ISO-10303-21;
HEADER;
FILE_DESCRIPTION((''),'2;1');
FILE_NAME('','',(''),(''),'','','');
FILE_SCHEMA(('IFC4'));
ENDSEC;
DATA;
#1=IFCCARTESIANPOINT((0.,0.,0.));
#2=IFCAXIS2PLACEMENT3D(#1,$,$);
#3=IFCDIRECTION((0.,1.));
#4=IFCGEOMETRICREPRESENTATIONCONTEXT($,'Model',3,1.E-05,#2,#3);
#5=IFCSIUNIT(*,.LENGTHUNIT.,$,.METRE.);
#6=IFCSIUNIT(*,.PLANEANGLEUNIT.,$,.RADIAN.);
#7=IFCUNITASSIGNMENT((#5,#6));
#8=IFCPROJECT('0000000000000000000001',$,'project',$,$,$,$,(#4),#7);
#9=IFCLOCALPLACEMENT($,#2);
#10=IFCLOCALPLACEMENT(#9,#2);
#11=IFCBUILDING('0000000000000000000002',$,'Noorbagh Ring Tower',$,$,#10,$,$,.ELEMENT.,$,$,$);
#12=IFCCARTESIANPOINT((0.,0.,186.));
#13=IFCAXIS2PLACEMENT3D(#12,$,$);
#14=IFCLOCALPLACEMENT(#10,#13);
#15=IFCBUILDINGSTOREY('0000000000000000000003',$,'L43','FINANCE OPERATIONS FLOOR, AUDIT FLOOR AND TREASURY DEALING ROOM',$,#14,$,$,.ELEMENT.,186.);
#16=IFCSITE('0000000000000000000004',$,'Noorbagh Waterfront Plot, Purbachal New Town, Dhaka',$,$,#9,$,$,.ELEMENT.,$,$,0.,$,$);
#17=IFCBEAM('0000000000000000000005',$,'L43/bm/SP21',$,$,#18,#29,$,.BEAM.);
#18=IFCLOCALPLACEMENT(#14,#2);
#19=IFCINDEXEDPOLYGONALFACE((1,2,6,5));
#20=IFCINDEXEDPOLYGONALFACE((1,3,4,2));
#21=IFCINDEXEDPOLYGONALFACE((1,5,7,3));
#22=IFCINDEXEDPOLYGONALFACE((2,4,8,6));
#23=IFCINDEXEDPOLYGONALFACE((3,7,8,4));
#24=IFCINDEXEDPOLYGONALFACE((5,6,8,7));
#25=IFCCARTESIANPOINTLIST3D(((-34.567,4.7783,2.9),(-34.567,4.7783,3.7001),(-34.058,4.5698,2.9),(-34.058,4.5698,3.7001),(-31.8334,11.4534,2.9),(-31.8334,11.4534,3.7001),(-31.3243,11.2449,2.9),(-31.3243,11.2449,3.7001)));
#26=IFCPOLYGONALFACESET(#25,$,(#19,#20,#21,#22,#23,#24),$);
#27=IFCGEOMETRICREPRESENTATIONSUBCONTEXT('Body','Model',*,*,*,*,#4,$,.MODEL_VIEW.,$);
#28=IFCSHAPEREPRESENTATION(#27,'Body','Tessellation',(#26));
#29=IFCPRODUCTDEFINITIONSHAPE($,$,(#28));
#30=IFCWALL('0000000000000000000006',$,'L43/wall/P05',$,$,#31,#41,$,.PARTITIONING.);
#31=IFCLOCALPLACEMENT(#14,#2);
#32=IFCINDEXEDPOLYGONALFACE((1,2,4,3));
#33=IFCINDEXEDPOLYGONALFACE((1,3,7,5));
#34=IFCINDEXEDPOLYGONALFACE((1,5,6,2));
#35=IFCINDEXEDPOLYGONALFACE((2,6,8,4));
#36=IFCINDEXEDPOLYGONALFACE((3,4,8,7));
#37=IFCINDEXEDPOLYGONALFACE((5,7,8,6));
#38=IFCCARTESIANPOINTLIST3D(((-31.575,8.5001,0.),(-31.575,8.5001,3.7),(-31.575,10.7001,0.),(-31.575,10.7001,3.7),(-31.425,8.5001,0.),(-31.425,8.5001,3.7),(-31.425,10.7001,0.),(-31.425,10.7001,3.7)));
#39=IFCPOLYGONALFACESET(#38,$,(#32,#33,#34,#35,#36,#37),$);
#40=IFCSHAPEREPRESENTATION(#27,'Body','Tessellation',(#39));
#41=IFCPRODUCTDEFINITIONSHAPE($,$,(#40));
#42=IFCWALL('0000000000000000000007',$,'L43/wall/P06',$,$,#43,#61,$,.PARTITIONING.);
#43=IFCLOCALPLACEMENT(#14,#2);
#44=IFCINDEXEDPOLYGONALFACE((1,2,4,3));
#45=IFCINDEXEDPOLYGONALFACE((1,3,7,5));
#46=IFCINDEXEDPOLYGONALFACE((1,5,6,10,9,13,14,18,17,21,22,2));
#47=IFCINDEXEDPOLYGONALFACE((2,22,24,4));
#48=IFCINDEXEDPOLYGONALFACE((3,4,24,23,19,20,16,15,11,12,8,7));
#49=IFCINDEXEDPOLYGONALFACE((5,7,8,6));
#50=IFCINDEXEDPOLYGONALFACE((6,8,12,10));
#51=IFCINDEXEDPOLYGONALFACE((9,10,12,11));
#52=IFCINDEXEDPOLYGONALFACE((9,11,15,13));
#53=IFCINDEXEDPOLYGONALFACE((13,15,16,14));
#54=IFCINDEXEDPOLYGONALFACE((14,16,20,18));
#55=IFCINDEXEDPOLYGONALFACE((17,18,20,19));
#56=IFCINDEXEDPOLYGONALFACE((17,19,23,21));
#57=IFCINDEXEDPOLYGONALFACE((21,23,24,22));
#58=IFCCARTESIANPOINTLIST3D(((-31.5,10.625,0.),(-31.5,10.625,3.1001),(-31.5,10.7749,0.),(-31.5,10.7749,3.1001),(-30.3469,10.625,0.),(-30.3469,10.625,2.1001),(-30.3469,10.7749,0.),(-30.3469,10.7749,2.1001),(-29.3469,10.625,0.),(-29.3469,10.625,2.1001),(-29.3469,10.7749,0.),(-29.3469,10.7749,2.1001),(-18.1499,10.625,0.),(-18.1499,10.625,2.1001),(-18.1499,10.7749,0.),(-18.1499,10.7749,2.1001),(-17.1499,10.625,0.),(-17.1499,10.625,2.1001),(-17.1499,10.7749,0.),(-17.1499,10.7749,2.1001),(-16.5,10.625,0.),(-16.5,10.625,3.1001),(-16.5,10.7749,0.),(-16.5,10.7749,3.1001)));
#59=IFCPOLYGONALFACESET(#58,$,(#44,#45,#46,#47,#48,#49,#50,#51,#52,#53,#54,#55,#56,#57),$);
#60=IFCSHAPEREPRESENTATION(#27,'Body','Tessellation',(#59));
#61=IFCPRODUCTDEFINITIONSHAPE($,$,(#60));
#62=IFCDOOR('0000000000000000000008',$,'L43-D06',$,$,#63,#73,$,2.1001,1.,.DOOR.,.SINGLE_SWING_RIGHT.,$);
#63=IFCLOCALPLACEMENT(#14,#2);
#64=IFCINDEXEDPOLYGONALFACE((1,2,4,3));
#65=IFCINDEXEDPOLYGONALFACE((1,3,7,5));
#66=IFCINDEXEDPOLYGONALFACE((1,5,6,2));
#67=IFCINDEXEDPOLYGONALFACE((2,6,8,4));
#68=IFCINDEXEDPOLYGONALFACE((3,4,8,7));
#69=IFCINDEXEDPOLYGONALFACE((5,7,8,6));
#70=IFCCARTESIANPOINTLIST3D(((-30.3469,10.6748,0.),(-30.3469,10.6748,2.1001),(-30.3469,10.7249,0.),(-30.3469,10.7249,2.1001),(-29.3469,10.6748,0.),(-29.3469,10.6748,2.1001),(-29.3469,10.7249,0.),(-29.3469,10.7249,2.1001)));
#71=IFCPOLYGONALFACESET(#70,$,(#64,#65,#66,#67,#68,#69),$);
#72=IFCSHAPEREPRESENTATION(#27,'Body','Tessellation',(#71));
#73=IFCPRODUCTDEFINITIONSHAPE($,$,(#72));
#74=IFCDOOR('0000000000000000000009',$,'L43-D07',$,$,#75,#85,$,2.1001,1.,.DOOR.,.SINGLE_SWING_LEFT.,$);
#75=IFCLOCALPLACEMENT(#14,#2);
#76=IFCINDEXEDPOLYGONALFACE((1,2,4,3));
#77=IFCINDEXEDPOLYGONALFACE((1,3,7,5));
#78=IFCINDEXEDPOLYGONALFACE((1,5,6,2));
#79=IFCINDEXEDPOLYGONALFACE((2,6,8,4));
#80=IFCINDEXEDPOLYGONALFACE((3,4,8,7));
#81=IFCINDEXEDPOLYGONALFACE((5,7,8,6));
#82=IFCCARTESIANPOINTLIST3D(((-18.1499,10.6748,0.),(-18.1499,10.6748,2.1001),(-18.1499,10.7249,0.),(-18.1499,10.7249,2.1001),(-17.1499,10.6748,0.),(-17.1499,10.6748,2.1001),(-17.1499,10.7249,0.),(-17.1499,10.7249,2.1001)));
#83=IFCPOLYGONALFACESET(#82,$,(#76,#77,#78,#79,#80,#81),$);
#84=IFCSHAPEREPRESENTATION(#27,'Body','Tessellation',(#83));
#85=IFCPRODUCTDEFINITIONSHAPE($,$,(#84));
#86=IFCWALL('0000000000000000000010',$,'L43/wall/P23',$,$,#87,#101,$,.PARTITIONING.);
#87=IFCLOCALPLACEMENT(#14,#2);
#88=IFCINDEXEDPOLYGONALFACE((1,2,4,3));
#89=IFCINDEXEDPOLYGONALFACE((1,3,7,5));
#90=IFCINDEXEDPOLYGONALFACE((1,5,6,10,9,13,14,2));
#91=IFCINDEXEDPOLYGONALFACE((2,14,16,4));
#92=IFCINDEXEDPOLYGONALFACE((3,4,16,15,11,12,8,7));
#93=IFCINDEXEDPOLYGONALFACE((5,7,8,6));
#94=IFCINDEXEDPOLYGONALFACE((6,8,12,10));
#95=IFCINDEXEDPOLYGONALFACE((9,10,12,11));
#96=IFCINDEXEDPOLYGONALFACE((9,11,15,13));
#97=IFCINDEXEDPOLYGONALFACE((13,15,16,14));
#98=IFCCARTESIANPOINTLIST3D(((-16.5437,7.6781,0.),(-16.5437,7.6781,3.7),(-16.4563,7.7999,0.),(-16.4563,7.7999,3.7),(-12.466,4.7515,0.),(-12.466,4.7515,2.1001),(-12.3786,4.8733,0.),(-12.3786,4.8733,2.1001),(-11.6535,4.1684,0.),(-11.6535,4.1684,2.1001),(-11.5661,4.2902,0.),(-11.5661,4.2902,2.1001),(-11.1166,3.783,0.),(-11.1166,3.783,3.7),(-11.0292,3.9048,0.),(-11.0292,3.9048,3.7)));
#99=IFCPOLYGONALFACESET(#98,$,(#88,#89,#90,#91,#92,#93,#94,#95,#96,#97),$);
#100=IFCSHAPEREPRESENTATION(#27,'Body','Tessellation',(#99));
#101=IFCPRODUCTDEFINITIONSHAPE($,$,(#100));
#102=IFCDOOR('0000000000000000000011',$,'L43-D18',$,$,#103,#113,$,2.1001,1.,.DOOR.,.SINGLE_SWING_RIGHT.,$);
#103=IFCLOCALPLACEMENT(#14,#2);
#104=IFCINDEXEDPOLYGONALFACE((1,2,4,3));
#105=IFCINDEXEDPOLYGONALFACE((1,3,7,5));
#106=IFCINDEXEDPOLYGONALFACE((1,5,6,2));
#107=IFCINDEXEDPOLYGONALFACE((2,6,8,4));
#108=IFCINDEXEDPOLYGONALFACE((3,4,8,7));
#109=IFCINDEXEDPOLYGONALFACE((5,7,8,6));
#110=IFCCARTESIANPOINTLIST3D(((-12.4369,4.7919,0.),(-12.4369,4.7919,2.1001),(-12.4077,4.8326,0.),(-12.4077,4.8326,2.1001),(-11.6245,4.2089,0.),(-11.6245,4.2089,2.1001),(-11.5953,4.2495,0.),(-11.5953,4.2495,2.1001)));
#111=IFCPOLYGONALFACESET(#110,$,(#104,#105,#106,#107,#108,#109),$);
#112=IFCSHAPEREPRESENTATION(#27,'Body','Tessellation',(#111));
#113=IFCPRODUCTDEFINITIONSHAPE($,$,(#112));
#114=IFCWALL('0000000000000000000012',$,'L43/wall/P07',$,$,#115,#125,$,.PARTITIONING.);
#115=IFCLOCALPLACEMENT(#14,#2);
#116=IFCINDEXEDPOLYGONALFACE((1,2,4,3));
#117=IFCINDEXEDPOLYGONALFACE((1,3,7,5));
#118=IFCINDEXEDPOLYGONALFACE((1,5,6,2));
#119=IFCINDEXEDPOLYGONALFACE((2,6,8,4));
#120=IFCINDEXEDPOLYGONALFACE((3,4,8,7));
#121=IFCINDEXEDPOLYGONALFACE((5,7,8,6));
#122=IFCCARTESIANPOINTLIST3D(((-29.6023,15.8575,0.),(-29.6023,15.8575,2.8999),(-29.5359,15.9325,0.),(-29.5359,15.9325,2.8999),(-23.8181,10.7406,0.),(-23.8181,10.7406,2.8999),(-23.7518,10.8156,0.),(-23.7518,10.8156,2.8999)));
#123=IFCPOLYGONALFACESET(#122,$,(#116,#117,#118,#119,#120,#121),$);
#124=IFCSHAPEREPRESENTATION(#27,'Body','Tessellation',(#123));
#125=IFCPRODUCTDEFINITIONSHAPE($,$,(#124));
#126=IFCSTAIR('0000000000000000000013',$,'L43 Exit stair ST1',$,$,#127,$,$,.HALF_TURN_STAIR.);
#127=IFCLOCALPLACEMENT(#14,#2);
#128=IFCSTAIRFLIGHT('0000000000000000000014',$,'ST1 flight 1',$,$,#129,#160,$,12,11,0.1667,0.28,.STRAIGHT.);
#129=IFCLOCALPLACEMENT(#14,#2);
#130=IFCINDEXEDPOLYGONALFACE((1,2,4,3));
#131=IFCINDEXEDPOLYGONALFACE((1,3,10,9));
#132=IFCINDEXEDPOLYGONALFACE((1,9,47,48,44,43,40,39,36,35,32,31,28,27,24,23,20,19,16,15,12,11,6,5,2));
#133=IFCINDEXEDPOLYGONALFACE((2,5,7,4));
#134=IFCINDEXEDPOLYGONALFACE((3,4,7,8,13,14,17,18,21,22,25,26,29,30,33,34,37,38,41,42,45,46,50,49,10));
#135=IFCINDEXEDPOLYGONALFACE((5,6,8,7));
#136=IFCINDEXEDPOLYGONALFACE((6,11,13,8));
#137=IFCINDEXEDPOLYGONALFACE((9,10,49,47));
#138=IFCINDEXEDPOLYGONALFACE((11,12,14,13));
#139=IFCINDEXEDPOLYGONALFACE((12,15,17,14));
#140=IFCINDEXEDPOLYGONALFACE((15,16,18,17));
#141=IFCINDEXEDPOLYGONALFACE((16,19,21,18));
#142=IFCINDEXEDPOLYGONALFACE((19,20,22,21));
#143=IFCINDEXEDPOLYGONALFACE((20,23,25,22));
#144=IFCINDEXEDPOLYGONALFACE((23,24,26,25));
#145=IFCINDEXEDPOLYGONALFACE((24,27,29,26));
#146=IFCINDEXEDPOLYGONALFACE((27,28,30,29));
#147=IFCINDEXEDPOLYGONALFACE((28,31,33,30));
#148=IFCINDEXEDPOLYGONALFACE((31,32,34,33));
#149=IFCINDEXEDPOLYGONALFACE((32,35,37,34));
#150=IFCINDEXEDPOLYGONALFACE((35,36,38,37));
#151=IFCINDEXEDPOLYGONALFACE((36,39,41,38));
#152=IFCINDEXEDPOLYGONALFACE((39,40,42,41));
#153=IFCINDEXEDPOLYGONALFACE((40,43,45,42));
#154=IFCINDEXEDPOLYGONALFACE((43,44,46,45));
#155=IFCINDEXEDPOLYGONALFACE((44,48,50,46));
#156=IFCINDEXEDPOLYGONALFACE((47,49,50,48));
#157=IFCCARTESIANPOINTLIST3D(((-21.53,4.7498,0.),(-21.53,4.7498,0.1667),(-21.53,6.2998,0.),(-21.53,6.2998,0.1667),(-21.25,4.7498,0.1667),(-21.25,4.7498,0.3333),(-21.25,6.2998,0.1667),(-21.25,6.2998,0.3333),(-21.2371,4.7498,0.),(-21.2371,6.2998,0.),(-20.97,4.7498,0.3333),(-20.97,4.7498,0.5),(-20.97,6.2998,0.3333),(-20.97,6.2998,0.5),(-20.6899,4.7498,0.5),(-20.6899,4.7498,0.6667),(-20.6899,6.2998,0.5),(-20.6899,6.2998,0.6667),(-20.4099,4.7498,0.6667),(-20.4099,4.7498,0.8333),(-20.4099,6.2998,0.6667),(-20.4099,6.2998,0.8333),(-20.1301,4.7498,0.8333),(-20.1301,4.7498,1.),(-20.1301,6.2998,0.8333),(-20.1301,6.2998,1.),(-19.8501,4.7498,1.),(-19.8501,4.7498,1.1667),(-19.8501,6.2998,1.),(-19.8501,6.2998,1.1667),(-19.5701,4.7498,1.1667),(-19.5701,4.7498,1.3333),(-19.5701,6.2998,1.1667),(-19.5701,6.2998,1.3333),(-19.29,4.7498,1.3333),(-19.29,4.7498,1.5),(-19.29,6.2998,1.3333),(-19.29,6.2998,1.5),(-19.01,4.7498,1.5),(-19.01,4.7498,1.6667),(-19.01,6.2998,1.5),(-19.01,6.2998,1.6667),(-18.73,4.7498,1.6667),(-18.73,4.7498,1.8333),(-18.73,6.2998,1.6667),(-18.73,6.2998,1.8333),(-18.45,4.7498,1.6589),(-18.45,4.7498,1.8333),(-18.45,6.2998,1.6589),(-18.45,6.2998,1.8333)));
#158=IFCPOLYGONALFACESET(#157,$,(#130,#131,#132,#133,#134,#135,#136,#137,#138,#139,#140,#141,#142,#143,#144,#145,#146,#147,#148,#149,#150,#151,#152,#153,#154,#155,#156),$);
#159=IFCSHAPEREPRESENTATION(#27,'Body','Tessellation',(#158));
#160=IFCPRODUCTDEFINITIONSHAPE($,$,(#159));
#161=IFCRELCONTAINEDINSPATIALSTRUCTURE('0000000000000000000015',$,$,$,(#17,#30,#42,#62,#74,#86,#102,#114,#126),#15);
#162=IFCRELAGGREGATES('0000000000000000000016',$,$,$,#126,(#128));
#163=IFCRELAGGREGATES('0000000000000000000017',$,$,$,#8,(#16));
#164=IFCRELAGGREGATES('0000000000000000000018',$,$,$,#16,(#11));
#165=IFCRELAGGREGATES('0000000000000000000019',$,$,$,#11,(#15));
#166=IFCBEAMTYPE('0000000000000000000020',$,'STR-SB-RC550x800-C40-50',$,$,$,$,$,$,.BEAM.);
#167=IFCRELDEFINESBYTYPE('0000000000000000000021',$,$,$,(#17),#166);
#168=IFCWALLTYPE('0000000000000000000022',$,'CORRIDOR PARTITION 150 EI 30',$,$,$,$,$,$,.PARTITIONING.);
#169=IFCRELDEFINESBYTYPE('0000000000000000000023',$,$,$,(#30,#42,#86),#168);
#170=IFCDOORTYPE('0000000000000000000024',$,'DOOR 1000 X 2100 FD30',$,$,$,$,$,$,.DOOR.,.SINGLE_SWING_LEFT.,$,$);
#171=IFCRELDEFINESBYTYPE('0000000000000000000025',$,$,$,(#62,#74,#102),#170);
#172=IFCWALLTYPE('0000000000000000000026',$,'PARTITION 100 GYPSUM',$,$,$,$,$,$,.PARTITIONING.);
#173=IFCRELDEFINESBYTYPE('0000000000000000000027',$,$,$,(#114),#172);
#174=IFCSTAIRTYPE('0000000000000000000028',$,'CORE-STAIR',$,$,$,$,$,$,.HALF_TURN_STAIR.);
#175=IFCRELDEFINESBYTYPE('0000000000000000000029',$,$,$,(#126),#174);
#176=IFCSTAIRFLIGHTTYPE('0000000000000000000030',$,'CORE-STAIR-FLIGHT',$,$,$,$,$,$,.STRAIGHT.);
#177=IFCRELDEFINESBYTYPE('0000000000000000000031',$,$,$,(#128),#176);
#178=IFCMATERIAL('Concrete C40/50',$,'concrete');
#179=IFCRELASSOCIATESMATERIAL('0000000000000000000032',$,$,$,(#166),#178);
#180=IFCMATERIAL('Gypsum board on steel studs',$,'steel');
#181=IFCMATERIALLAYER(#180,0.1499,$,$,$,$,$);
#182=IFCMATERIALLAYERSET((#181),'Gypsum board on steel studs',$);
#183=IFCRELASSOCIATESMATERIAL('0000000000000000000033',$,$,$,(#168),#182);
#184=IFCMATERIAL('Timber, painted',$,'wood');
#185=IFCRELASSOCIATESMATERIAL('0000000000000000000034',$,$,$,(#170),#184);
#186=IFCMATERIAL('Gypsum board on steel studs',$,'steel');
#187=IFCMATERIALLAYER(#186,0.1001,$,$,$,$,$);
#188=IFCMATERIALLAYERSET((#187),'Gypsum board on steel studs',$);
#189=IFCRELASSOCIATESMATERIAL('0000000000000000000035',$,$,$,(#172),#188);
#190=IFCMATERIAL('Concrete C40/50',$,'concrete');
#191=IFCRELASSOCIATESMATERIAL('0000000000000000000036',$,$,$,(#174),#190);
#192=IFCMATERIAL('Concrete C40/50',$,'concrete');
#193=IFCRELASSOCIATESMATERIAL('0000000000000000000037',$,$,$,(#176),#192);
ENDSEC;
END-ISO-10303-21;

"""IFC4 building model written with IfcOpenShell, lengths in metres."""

from ifc_helpers import new_model, si_unit, direction, frame, frame_2d, origin, origin_2d, place, context, subcontext, project, spatial, polyline, rectangle, outline, extrude, material, layer, layer_set, material_profile, profile_set, type_object, element, fill, aggregate, save


model = new_model("IFC4")

# Units and contexts
model_context = context("Model", 3, precision=1e-05, world=origin(), true_north=direction((0.0, 1.0)))
body_context = subcontext(model_context, "Body", "Model", "MODEL_VIEW")
ifc_project = project(units=[si_unit("LENGTHUNIT", "METRE"), si_unit("PLANEANGLEUNIT", "RADIAN")], contexts=[model_context])

# Site, building, storey
site_placement = place(None, origin())
site = spatial("IfcSite", under=ifc_project, at=site_placement, Name="Noorbagh Waterfront Plot, Purbachal New Town, Dhaka", CompositionType="ELEMENT", RefElevation=0.0)
building_placement = place(site_placement, origin())
building = spatial("IfcBuilding", under=site, at=building_placement, Name="Noorbagh Ring Tower", CompositionType="ELEMENT")
storey_placement = place(building_placement, frame((0.0, 0.0, 186.0)))
storey = spatial("IfcBuildingStorey", under=building, at=storey_placement, Name="L43", Description="FINANCE OPERATIONS FLOOR, AUDIT FLOOR AND TREASURY DEALING ROOM", CompositionType="ELEMENT", Elevation=186.0)

# Beam
ifc_material_1 = material(Name="Concrete C40/50", Category="concrete")
ifc_material_profile_1 = material_profile(ifc_material_1, rectangle(XDim=0.55, YDim=0.8, at=origin_2d()), Name="RC550x800")
ifc_profile_set_1 = profile_set([ifc_material_profile_1], Name="Concrete C40/50")
beam_type_1 = type_object("IfcBeamType", Name="STR-SB-RC550x800-C40-50", PredefinedType="BEAM", material=ifc_profile_set_1)
beam_1_placement = place(storey_placement, frame((-31.5789, 11.3491, 3.3), z_axis=(-0.378982, -0.925404, 0.0), x_axis=(0.925404, -0.378982, 0.0)))
element("IfcBeam", 1, at=beam_1_placement, inside=storey, type_object=beam_type_1, Name="L43/bm/SP21", PredefinedType="BEAM", context=body_context, shape_type="SweptSolid", body=[
    extrude(rectangle(XDim=0.55, YDim=0.8, at=origin_2d()), origin(), (0.0, 0.0, 1.0), 7.2131),
])

# Wall
ifc_material_2 = material(Name="Gypsum board on steel studs", Category="steel")
ifc_layer_1 = layer(ifc_material_2, 0.1499)
ifc_layer_set_1 = layer_set([ifc_layer_1], Name="Gypsum board on steel studs")
wall_type_1 = type_object("IfcWallType", Name="CORRIDOR PARTITION 150 EI 30", PredefinedType="PARTITIONING", material=ifc_layer_set_1)
wall_1_placement = place(storey_placement, frame((-31.5, 8.5, 0.0), z_axis=(0.0, 0.0, 1.0), x_axis=(0.0, 1.0, 0.0)))
element("IfcWall", 2, at=wall_1_placement, inside=storey, type_object=wall_type_1, Name="L43/wall/P05", PredefinedType="PARTITIONING", context=body_context, shape_type="SweptSolid", body=[
    extrude(rectangle(XDim=2.2, YDim=0.1499, at=frame_2d((1.1001, 0.0))), origin(), (0.0, 0.0, 1.0), 3.7),
])

# Wall, openings, doors
wall_2_placement = place(storey_placement, frame((-31.5, 10.7, 0.0), z_axis=(0.0, 0.0, 1.0), x_axis=(1.0, 0.0, 0.0)))
wall_2 = element("IfcWall", 3, at=wall_2_placement, inside=storey, type_object=wall_type_1, Name="L43/wall/P06", PredefinedType="PARTITIONING", context=body_context, shape_type="SweptSolid", body=[
    extrude(rectangle(XDim=15.0, YDim=0.1499, at=frame_2d((7.5, 0.0))), origin(), (0.0, 0.0, 1.0), 3.1001),
])
opening_1_placement = place(wall_2_placement, frame((1.1531, 0.0, 0.0)))
opening_1 = element("IfcOpeningElement", 4, at=opening_1_placement, cuts=wall_2, PredefinedType="OPENING", context=body_context, shape_type="SweptSolid", body=[
    extrude(rectangle(XDim=1.0, YDim=2.1001, at=frame_2d((0.5, 1.05))), frame((0.0, 0.085, 0.0), z_axis=(0.0, -1.0, 0.0), x_axis=(1.0, 0.0, 0.0)), (0.0, 0.0, 1.0), 0.1699),
])
opening_2_placement = place(wall_2_placement, frame((13.3501, 0.0, 0.0)))
opening_2 = element("IfcOpeningElement", 5, at=opening_2_placement, cuts=wall_2, PredefinedType="OPENING", context=body_context, shape_type="SweptSolid", body=[
    extrude(rectangle(XDim=1.0, YDim=2.1001, at=frame_2d((0.5, 1.05))), frame((0.0, 0.085, 0.0), z_axis=(0.0, -1.0, 0.0), x_axis=(1.0, 0.0, 0.0)), (0.0, 0.0, 1.0), 0.1699),
])
ifc_material_3 = material(Name="Timber, painted", Category="wood")
door_type = type_object("IfcDoorType", Name="DOOR 1000 X 2100 FD30", OperationType="SINGLE_SWING_LEFT", PredefinedType="DOOR", material=ifc_material_3)
door_1_placement = place(opening_1_placement, origin())
door_1 = element("IfcDoor", 6, at=door_1_placement, inside=storey, type_object=door_type, Name="L43-D06", OperationType="SINGLE_SWING_RIGHT", OverallHeight=2.1001, OverallWidth=1.0, PredefinedType="DOOR", context=body_context, shape_type="SweptSolid", body=[
    extrude(rectangle(XDim=1.0, YDim=2.1001, at=frame_2d((0.5, 1.05))), frame((0.0, 0.0249, 0.0), z_axis=(0.0, -1.0, 0.0), x_axis=(1.0, 0.0, 0.0)), (0.0, 0.0, 1.0), 0.05),
])
fill(opening_1, door_1)
door_2_placement = place(opening_2_placement, origin())
door_2 = element("IfcDoor", 7, at=door_2_placement, inside=storey, type_object=door_type, Name="L43-D07", OperationType="SINGLE_SWING_LEFT", OverallHeight=2.1001, OverallWidth=1.0, PredefinedType="DOOR", context=body_context, shape_type="SweptSolid", body=[
    extrude(rectangle(XDim=1.0, YDim=2.1001, at=frame_2d((0.5, 1.05))), frame((0.0, 0.0249, 0.0), z_axis=(0.0, -1.0, 0.0), x_axis=(1.0, 0.0, 0.0)), (0.0, 0.0, 1.0), 0.05),
])
fill(opening_2, door_2)

# Wall, opening, door
wall_3_placement = place(storey_placement, frame((-16.5, 7.739, 0.0), z_axis=(0.0, 0.0, 1.0), x_axis=(0.812415, -0.583079, 0.0)))
wall_3 = element("IfcWall", 8, at=wall_3_placement, inside=storey, type_object=wall_type_1, Name="L43/wall/P23", PredefinedType="PARTITIONING", context=body_context, shape_type="SweptSolid", body=[
    extrude(rectangle(XDim=6.6802, YDim=0.1499, at=frame_2d((3.3401, 0.0))), origin(), (0.0, 0.0, 1.0), 3.7),
])
opening_3_placement = place(wall_3_placement, frame((5.0193, 0.0, 0.0)))
opening_3 = element("IfcOpeningElement", 9, at=opening_3_placement, cuts=wall_3, PredefinedType="OPENING", context=body_context, shape_type="SweptSolid", body=[
    extrude(rectangle(XDim=1.0, YDim=2.1001, at=frame_2d((0.5, 1.05))), frame((0.0, 0.085, 0.0), z_axis=(0.0, -1.0, 0.0), x_axis=(1.0, 0.0, 0.0)), (0.0, 0.0, 1.0), 0.1699),
])
door_3_placement = place(opening_3_placement, origin())
door_3 = element("IfcDoor", 10, at=door_3_placement, inside=storey, type_object=door_type, Name="L43-D18", OperationType="SINGLE_SWING_RIGHT", OverallHeight=2.1001, OverallWidth=1.0, PredefinedType="DOOR", context=body_context, shape_type="SweptSolid", body=[
    extrude(rectangle(XDim=1.0, YDim=2.1001, at=frame_2d((0.5, 1.05))), frame((0.0, 0.0249, 0.0), z_axis=(0.0, -1.0, 0.0), x_axis=(1.0, 0.0, 0.0)), (0.0, 0.0, 1.0), 0.05),
])
fill(opening_3, door_3)

# Wall
ifc_material_4 = material(Name="Gypsum board on steel studs", Category="steel")
ifc_layer_2 = layer(ifc_material_4, 0.1001)
ifc_layer_set_2 = layer_set([ifc_layer_2], Name="Gypsum board on steel studs")
wall_type_2 = type_object("IfcWallType", Name="PARTITION 100 GYPSUM", PredefinedType="PARTITIONING", material=ifc_layer_set_2)
wall_4_placement = place(storey_placement, frame((-29.5691, 15.895, 0.0), z_axis=(0.0, 0.0, 1.0), x_axis=(0.748986, -0.662586, 0.0)))
element("IfcWall", 11, at=wall_4_placement, inside=storey, type_object=wall_type_2, Name="L43/wall/P07", PredefinedType="PARTITIONING", context=body_context, shape_type="SweptSolid", body=[
    extrude(rectangle(XDim=7.7227, YDim=0.1001, at=frame_2d((3.8613, 0.0))), origin(), (0.0, 0.0, 1.0), 2.8999),
])

# Stair, stair flight
ifc_material_5 = material(Name="Concrete C40/50", Category="concrete")
stair_type = type_object("IfcStairType", Name="CORE-STAIR", PredefinedType="HALF_TURN_STAIR", material=ifc_material_5)
stair_placement = place(storey_placement, origin())
stair = element("IfcStair", 12, at=stair_placement, inside=storey, type_object=stair_type, Name="L43 Exit stair ST1", PredefinedType="HALF_TURN_STAIR")
ifc_material_6 = material(Name="Concrete C40/50", Category="concrete")
stair_flight_type = type_object("IfcStairFlightType", Name="CORE-STAIR-FLIGHT", PredefinedType="STRAIGHT", material=ifc_material_6)
stair_flight_1_placement = place(storey_placement, frame((-21.53, 5.5249, 0.0), z_axis=(0.0, 0.0, 1.0), x_axis=(1.0, 0.0, 0.0)))
stair_flight_1 = element("IfcStairFlight", 13, at=stair_flight_1_placement, type_object=stair_flight_type, Name="ST1 flight 1", NumberOfRisers=12, NumberOfTreads=11, PredefinedType="STRAIGHT", RiserHeight=0.1667, TreadLength=0.28, context=body_context, shape_type="SweptSolid", body=[
    extrude(outline(polyline([(0.0, 0.0), (0.0, 0.1667), (0.28, 0.1667), (0.28, 0.3333), (0.5601, 0.3333), (0.5601, 0.5), (0.8401, 0.5), (0.8401, 0.6667), (1.1201, 0.6667), (1.1201, 0.8333), (1.3999, 0.8333), (1.3999, 1.0), (1.6799, 1.0), (1.6799, 1.1667), (1.96, 1.1667), (1.96, 1.3333), (2.24, 1.3333), (2.24, 1.5), (2.52, 1.5), (2.52, 1.6667), (2.8, 1.6667), (2.8, 1.8333), (3.0801, 1.8333), (3.0801, 2.0), (3.0801, 1.6589), (0.293, 0.0), (0.0, 0.0)])), frame((0.0, 0.7749, 0.0), z_axis=(0.0, -1.0, 0.0), x_axis=(1.0, 0.0, 0.0)), (0.0, 0.0, 1.0), 1.55),
])
aggregate(stair, [stair_flight_1])

save(model, "model.ifc")
